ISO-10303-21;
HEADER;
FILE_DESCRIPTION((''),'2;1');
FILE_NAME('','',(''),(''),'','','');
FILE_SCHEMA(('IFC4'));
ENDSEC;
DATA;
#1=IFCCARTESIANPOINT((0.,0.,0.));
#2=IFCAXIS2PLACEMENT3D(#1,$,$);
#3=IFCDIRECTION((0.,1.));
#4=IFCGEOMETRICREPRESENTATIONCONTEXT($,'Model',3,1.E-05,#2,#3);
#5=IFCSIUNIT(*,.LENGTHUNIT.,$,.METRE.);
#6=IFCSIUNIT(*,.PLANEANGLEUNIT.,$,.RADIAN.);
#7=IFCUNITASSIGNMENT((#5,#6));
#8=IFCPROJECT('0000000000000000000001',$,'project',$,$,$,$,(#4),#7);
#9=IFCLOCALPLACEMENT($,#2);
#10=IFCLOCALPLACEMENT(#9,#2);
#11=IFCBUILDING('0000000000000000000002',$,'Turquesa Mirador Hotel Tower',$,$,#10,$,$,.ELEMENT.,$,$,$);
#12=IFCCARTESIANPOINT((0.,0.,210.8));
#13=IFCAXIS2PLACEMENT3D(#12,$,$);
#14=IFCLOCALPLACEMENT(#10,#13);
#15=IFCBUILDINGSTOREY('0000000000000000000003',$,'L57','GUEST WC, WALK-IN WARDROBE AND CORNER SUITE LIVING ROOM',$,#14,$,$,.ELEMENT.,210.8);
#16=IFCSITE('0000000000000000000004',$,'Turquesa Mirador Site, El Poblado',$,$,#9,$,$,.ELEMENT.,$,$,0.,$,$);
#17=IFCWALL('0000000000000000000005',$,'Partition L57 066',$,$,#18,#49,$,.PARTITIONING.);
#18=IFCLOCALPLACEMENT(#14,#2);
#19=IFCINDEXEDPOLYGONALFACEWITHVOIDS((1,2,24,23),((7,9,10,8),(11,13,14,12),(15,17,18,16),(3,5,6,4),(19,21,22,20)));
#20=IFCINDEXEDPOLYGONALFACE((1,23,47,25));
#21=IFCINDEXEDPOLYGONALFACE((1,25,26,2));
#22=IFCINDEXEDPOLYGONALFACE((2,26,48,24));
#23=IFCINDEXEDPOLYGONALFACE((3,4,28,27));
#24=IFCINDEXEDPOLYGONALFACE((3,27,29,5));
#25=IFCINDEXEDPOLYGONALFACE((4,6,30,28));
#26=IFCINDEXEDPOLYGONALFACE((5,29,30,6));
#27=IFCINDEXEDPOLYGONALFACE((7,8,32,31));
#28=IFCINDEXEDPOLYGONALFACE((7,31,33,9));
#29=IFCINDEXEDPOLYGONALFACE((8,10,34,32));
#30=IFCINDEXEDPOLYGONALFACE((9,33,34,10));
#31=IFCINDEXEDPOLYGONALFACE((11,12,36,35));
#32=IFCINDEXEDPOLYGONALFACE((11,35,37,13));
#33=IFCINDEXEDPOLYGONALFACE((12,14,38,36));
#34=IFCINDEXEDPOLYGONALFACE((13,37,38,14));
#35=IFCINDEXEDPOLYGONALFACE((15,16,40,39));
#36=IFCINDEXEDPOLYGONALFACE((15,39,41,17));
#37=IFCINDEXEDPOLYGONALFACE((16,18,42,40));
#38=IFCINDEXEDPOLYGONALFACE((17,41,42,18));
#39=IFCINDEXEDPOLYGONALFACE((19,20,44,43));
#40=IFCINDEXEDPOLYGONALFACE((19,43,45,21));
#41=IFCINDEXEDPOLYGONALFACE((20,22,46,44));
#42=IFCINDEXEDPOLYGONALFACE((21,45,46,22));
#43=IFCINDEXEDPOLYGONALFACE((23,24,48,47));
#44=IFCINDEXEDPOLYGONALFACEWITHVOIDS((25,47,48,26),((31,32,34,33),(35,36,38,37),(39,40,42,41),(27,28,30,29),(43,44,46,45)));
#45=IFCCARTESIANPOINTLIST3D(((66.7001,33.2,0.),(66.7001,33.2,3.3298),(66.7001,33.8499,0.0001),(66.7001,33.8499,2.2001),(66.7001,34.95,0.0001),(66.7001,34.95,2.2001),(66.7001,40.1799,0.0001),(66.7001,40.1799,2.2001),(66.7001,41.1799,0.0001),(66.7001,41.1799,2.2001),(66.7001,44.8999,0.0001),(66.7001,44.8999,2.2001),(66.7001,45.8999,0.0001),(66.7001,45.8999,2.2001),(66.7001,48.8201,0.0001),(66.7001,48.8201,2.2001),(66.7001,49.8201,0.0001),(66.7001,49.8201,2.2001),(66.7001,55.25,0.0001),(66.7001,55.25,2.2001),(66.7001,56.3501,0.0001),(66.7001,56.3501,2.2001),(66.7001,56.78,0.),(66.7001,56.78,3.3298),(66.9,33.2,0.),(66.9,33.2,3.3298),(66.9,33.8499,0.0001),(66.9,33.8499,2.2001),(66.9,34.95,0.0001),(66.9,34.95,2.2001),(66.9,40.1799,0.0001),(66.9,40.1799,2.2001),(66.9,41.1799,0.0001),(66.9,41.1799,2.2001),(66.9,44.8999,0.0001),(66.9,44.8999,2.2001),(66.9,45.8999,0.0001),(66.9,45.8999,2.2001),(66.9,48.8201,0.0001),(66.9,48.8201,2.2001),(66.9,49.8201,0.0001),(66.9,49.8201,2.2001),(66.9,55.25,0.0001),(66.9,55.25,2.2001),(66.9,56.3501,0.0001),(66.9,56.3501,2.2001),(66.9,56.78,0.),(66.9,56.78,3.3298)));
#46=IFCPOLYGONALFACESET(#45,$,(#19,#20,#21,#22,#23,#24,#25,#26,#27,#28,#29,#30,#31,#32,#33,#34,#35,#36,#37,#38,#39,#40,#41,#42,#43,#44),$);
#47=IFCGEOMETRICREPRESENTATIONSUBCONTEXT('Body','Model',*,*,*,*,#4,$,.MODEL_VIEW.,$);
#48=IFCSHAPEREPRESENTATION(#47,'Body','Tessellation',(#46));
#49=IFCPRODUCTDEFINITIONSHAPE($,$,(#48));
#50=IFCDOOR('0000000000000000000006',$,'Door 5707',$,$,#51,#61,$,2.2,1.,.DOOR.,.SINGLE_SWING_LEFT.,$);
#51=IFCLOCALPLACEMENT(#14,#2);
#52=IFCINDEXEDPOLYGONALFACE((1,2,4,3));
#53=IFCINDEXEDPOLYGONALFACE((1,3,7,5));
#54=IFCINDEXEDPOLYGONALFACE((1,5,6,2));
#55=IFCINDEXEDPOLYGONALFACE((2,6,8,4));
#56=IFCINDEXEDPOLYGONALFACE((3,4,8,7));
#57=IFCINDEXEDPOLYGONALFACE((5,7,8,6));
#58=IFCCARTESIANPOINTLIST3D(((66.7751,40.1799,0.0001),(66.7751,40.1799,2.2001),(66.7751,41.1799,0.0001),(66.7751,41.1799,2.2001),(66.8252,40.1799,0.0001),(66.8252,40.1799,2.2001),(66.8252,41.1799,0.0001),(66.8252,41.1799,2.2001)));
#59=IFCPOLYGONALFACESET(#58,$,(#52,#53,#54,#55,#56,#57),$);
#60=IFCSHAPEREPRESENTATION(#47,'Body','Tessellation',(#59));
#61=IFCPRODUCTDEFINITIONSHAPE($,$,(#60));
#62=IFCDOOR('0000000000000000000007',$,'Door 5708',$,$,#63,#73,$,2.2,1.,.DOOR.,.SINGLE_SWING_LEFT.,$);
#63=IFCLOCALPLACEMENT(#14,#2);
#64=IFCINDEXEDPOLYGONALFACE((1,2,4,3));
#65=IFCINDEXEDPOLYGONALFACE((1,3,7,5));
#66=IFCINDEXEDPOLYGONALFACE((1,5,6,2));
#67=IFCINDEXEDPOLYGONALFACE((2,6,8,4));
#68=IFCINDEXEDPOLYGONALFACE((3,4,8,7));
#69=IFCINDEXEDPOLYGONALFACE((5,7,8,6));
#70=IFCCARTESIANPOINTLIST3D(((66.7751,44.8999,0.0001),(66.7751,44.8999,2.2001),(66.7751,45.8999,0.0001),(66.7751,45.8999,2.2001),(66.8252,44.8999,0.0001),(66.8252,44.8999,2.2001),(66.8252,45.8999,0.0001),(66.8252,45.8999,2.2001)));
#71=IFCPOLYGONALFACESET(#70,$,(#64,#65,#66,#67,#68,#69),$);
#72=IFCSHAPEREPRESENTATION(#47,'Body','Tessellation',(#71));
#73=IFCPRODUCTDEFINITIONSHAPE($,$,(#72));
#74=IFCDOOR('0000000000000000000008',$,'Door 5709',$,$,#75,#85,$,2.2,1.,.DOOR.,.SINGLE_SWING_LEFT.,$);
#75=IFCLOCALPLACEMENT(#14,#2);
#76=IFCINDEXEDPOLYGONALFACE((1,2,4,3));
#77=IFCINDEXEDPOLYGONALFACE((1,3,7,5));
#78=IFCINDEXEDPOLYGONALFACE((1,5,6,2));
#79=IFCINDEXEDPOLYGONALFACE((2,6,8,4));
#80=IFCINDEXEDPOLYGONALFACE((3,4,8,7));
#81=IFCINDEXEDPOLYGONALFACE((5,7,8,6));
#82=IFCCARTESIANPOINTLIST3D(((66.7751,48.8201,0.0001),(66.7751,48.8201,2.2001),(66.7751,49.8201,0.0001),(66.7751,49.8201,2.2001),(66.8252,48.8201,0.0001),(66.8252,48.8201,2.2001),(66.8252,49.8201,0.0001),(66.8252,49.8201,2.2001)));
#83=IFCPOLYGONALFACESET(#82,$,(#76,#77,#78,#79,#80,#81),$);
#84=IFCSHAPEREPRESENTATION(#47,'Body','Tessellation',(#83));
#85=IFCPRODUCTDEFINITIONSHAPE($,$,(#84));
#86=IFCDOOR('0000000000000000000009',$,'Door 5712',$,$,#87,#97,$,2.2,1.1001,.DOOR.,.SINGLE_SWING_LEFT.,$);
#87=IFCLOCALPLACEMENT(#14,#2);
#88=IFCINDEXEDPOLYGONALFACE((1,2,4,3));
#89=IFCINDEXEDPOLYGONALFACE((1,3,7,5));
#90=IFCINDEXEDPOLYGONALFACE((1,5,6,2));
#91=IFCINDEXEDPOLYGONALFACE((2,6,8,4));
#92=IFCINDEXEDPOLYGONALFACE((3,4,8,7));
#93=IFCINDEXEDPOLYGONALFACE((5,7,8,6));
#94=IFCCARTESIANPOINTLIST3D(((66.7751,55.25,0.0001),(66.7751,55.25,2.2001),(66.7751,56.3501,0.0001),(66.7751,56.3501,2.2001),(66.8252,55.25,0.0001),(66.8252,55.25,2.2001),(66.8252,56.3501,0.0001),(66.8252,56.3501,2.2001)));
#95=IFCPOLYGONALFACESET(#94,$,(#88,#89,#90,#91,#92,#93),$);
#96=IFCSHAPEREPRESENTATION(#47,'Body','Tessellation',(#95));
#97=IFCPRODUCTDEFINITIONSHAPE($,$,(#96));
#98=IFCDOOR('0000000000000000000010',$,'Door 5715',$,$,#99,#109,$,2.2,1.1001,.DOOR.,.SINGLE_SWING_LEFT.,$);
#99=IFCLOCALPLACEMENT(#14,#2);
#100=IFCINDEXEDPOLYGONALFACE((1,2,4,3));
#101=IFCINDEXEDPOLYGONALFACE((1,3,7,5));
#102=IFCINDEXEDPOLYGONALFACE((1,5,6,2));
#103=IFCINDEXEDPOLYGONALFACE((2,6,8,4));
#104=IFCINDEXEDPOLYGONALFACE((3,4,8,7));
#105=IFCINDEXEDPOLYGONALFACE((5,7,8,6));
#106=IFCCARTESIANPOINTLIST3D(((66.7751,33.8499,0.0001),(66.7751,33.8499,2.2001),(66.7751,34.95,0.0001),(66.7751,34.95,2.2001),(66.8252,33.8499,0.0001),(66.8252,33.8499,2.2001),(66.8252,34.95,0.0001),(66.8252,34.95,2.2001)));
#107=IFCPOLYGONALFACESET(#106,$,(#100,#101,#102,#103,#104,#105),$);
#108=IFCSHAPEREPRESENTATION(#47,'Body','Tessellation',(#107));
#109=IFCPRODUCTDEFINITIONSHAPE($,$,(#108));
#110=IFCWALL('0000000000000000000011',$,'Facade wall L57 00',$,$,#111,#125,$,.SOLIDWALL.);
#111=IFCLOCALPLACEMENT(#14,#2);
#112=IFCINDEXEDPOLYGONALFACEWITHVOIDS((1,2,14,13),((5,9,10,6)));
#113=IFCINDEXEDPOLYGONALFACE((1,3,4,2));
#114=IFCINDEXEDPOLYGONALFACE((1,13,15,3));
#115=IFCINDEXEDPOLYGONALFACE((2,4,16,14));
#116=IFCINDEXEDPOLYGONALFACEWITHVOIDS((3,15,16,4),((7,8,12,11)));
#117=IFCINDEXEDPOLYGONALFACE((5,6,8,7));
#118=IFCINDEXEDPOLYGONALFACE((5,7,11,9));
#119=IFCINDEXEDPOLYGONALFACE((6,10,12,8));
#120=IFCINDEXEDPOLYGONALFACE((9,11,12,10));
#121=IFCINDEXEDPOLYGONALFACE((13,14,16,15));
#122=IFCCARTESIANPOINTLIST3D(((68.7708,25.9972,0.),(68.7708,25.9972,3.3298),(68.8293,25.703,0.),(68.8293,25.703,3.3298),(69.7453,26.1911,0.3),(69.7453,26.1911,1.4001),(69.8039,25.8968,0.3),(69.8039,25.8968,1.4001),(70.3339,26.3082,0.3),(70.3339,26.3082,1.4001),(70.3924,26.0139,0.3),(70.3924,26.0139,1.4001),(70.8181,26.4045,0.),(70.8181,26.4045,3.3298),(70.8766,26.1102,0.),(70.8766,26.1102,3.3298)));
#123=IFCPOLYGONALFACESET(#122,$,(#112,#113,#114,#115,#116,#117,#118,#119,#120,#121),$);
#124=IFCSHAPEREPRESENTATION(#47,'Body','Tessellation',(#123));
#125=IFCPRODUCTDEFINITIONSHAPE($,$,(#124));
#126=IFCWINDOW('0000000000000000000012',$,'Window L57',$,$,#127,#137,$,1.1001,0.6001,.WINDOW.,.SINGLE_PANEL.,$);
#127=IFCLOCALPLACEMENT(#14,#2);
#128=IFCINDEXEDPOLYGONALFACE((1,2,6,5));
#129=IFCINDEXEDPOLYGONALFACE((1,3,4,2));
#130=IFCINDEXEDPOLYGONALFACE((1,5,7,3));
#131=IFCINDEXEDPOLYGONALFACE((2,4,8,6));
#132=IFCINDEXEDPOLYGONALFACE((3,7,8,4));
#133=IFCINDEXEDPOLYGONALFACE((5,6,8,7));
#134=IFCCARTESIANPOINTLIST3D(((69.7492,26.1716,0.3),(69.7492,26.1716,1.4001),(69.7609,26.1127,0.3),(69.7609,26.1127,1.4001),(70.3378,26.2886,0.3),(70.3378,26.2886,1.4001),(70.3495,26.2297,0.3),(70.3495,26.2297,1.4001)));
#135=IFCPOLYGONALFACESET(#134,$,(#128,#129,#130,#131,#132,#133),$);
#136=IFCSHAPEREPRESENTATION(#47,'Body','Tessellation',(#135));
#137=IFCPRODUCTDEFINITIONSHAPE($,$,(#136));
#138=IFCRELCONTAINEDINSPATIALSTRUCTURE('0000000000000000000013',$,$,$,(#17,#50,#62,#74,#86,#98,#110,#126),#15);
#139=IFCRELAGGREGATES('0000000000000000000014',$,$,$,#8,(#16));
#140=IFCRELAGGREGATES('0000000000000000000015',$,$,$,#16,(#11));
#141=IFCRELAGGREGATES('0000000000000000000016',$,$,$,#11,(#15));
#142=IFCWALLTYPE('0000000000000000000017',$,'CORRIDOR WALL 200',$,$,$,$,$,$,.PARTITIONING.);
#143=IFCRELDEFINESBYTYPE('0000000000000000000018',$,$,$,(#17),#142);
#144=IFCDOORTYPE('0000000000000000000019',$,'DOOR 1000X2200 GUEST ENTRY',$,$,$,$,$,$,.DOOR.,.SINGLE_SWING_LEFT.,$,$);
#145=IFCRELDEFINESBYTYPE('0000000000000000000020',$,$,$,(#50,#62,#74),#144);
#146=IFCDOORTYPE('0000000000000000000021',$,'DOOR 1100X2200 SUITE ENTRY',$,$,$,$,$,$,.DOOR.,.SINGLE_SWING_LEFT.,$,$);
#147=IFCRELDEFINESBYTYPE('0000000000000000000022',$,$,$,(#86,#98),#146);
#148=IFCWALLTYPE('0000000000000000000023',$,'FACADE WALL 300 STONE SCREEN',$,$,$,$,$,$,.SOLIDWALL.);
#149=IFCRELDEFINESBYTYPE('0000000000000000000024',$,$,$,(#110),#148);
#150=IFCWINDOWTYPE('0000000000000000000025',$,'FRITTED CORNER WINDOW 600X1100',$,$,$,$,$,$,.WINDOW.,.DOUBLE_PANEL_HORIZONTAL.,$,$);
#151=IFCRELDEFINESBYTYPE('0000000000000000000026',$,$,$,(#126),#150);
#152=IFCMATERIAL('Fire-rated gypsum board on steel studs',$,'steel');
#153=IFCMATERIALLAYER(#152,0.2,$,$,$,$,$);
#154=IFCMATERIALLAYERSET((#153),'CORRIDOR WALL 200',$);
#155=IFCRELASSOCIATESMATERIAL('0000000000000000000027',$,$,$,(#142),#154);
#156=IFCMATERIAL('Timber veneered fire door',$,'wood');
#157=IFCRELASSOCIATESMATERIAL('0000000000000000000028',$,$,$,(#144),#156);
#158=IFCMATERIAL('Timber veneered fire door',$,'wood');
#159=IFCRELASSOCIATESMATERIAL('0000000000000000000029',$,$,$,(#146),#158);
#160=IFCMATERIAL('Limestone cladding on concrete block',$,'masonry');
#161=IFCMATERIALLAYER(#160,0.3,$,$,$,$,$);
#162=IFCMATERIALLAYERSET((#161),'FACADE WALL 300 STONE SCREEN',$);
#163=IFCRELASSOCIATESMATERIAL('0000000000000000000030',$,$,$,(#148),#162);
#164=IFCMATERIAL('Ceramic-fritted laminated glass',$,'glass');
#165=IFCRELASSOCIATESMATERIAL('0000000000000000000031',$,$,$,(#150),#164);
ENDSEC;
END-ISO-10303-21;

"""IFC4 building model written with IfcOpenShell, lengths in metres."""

from ifc_helpers import new_model, si_unit, direction, frame, frame_2d, origin, place, context, subcontext, project, spatial, rectangle, extrude, material, layer, layer_set, type_object, element, fill, save


model = new_model("IFC4")

# Units and contexts
model_context = context("Model", 3, precision=1e-05, world=origin(), true_north=direction((0.0, 1.0)))
body_context = subcontext(model_context, "Body", "Model", "MODEL_VIEW")
ifc_project = project(units=[si_unit("LENGTHUNIT", "METRE"), si_unit("PLANEANGLEUNIT", "RADIAN")], contexts=[model_context])

# Site, building, storey
site_placement = place(None, origin())
site = spatial("IfcSite", under=ifc_project, at=site_placement, Name="Turquesa Mirador Site, El Poblado", CompositionType="ELEMENT", RefElevation=0.0)
building_placement = place(site_placement, origin())
building = spatial("IfcBuilding", under=site, at=building_placement, Name="Turquesa Mirador Hotel Tower", CompositionType="ELEMENT")
storey_placement = place(building_placement, frame((0.0, 0.0, 210.8)))
storey = spatial("IfcBuildingStorey", under=building, at=storey_placement, Name="L57", Description="GUEST WC, WALK-IN WARDROBE AND CORNER SUITE LIVING ROOM", CompositionType="ELEMENT", Elevation=210.8)

# Wall, openings, doors
ifc_material_1 = material(Name="Fire-rated gypsum board on steel studs", Category="steel")
ifc_layer_1 = layer(ifc_material_1, 0.2)
ifc_layer_set_1 = layer_set([ifc_layer_1], Name="CORRIDOR WALL 200")
wall_type_1 = type_object("IfcWallType", Name="CORRIDOR WALL 200", PredefinedType="PARTITIONING", material=ifc_layer_set_1)
wall_1_placement = place(storey_placement, frame((66.8, 33.2, 0.0), z_axis=(0.0, 0.0, 1.0), x_axis=(0.0, 1.0, 0.0)))
wall_1 = element("IfcWall", 1, at=wall_1_placement, inside=storey, type_object=wall_type_1, Name="Partition L57 066", PredefinedType="PARTITIONING", context=body_context, shape_type="SweptSolid", body=[
    extrude(rectangle(XDim=23.5801, YDim=0.2, at=frame_2d((11.79, 0.0))), origin(), (0.0, 0.0, 1.0), 3.3298),
])
opening_1_placement = place(wall_1_placement, frame((6.98, 0.0, 0.0)))
opening_1 = element("IfcOpeningElement", 2, at=opening_1_placement, cuts=wall_1, PredefinedType="OPENING", context=body_context, shape_type="SweptSolid", body=[
    extrude(rectangle(XDim=1.0, YDim=2.2, at=frame_2d((0.5, 1.1001))), frame((0.0, 0.1099, 0.0), z_axis=(0.0, -1.0, 0.0), x_axis=(1.0, 0.0, 0.0)), (0.0, 0.0, 1.0), 0.22),
])
opening_2_placement = place(wall_1_placement, frame((11.7, 0.0, 0.0)))
opening_2 = element("IfcOpeningElement", 3, at=opening_2_placement, cuts=wall_1, PredefinedType="OPENING", context=body_context, shape_type="SweptSolid", body=[
    extrude(rectangle(XDim=1.0, YDim=2.2, at=frame_2d((0.5, 1.1001))), frame((0.0, 0.1099, 0.0), z_axis=(0.0, -1.0, 0.0), x_axis=(1.0, 0.0, 0.0)), (0.0, 0.0, 1.0), 0.22),
])
opening_3_placement = place(wall_1_placement, frame((15.6201, 0.0, 0.0)))
opening_3 = element("IfcOpeningElement", 4, at=opening_3_placement, cuts=wall_1, PredefinedType="OPENING", context=body_context, shape_type="SweptSolid", body=[
    extrude(rectangle(XDim=1.0, YDim=2.2, at=frame_2d((0.5, 1.1001))), frame((0.0, 0.1099, 0.0), z_axis=(0.0, -1.0, 0.0), x_axis=(1.0, 0.0, 0.0)), (0.0, 0.0, 1.0), 0.22),
])
opening_4_placement = place(wall_1_placement, frame((22.05, 0.0, 0.0)))
opening_4 = element("IfcOpeningElement", 5, at=opening_4_placement, cuts=wall_1, PredefinedType="OPENING", context=body_context, shape_type="SweptSolid", body=[
    extrude(rectangle(XDim=1.1001, YDim=2.2, at=frame_2d((0.55, 1.1001))), frame((0.0, 0.1099, 0.0), z_axis=(0.0, -1.0, 0.0), x_axis=(1.0, 0.0, 0.0)), (0.0, 0.0, 1.0), 0.22),
])
opening_5_placement = place(wall_1_placement, frame((0.6499, 0.0, 0.0)))
opening_5 = element("IfcOpeningElement", 6, at=opening_5_placement, cuts=wall_1, PredefinedType="OPENING", context=body_context, shape_type="SweptSolid", body=[
    extrude(rectangle(XDim=1.1001, YDim=2.2, at=frame_2d((0.55, 1.1001))), frame((0.0, 0.1099, 0.0), z_axis=(0.0, -1.0, 0.0), x_axis=(1.0, 0.0, 0.0)), (0.0, 0.0, 1.0), 0.22),
])
ifc_material_2 = material(Name="Timber veneered fire door", Category="wood")
door_type_1 = type_object("IfcDoorType", Name="DOOR 1000X2200 GUEST ENTRY", OperationType="SINGLE_SWING_LEFT", PredefinedType="DOOR", material=ifc_material_2)
door_1_placement = place(opening_1_placement, origin())
door_1 = element("IfcDoor", 7, at=door_1_placement, inside=storey, type_object=door_type_1, Name="Door 5707", OperationType="SINGLE_SWING_LEFT", OverallHeight=2.2, OverallWidth=1.0, PredefinedType="DOOR", context=body_context, shape_type="SweptSolid", body=[
    extrude(rectangle(XDim=1.0, YDim=2.2, at=frame_2d((0.5, 1.1001))), frame((0.0, 0.0249, 0.0), z_axis=(0.0, -1.0, 0.0), x_axis=(1.0, 0.0, 0.0)), (0.0, 0.0, 1.0), 0.05),
])
fill(opening_1, door_1)
door_2_placement = place(opening_2_placement, origin())
door_2 = element("IfcDoor", 8, at=door_2_placement, inside=storey, type_object=door_type_1, Name="Door 5708", OperationType="SINGLE_SWING_LEFT", OverallHeight=2.2, OverallWidth=1.0, PredefinedType="DOOR", context=body_context, shape_type="SweptSolid", body=[
    extrude(rectangle(XDim=1.0, YDim=2.2, at=frame_2d((0.5, 1.1001))), frame((0.0, 0.0249, 0.0), z_axis=(0.0, -1.0, 0.0), x_axis=(1.0, 0.0, 0.0)), (0.0, 0.0, 1.0), 0.05),
])
fill(opening_2, door_2)
door_3_placement = place(opening_3_placement, origin())
door_3 = element("IfcDoor", 9, at=door_3_placement, inside=storey, type_object=door_type_1, Name="Door 5709", OperationType="SINGLE_SWING_LEFT", OverallHeight=2.2, OverallWidth=1.0, PredefinedType="DOOR", context=body_context, shape_type="SweptSolid", body=[
    extrude(rectangle(XDim=1.0, YDim=2.2, at=frame_2d((0.5, 1.1001))), frame((0.0, 0.0249, 0.0), z_axis=(0.0, -1.0, 0.0), x_axis=(1.0, 0.0, 0.0)), (0.0, 0.0, 1.0), 0.05),
])
fill(opening_3, door_3)
ifc_material_3 = material(Name="Timber veneered fire door", Category="wood")
door_type_2 = type_object("IfcDoorType", Name="DOOR 1100X2200 SUITE ENTRY", OperationType="SINGLE_SWING_LEFT", PredefinedType="DOOR", material=ifc_material_3)
door_4_placement = place(opening_4_placement, origin())
door_4 = element("IfcDoor", 10, at=door_4_placement, inside=storey, type_object=door_type_2, Name="Door 5712", OperationType="SINGLE_SWING_LEFT", OverallHeight=2.2, OverallWidth=1.1001, PredefinedType="DOOR", context=body_context, shape_type="SweptSolid", body=[
    extrude(rectangle(XDim=1.1001, YDim=2.2, at=frame_2d((0.55, 1.1001))), frame((0.0, 0.0249, 0.0), z_axis=(0.0, -1.0, 0.0), x_axis=(1.0, 0.0, 0.0)), (0.0, 0.0, 1.0), 0.05),
])
fill(opening_4, door_4)
door_5_placement = place(opening_5_placement, origin())
door_5 = element("IfcDoor", 11, at=door_5_placement, inside=storey, type_object=door_type_2, Name="Door 5715", OperationType="SINGLE_SWING_LEFT", OverallHeight=2.2, OverallWidth=1.1001, PredefinedType="DOOR", context=body_context, shape_type="SweptSolid", body=[
    extrude(rectangle(XDim=1.1001, YDim=2.2, at=frame_2d((0.55, 1.1001))), frame((0.0, 0.0249, 0.0), z_axis=(0.0, -1.0, 0.0), x_axis=(1.0, 0.0, 0.0)), (0.0, 0.0, 1.0), 0.05),
])
fill(opening_5, door_5)

# Wall, opening, window
ifc_material_4 = material(Name="Limestone cladding on concrete block", Category="masonry")
ifc_layer_2 = layer(ifc_material_4, 0.3)
ifc_layer_set_2 = layer_set([ifc_layer_2], Name="FACADE WALL 300 STONE SCREEN")
wall_type_2 = type_object("IfcWallType", Name="FACADE WALL 300 STONE SCREEN", PredefinedType="SOLIDWALL", material=ifc_layer_set_2)
wall_2_placement = place(storey_placement, frame((68.8, 25.8501, 0.0), z_axis=(0.0, 0.0, 1.0), x_axis=(0.980787, 0.195081, 0.0)))
wall_2 = element("IfcWall", 12, at=wall_2_placement, inside=storey, type_object=wall_type_2, Name="Facade wall L57 00", PredefinedType="SOLIDWALL", context=body_context, shape_type="SweptSolid", body=[
    extrude(rectangle(XDim=2.0874, YDim=0.3, at=frame_2d((1.0437, 0.0))), origin(), (0.0, 0.0, 1.0), 3.3298),
])
opening_6_placement = place(wall_2_placement, frame((0.9937, 0.0, 0.3)))
opening_6 = element("IfcOpeningElement", 13, at=opening_6_placement, cuts=wall_2, PredefinedType="OPENING", context=body_context, shape_type="SweptSolid", body=[
    extrude(rectangle(XDim=0.6001, YDim=1.1001, at=frame_2d((0.3, 0.55))), frame((0.0, 0.1599, 0.0), z_axis=(0.0, -1.0, 0.0), x_axis=(1.0, 0.0, 0.0)), (0.0, 0.0, 1.0), 0.3201),
])
ifc_material_5 = material(Name="Ceramic-fritted laminated glass", Category="glass")
window_type_1 = type_object("IfcWindowType", Name="FRITTED CORNER WINDOW 600X1100", PartitioningType="DOUBLE_PANEL_HORIZONTAL", PredefinedType="WINDOW", material=ifc_material_5)
window_1_placement = place(opening_6_placement, origin())
window_1 = element("IfcWindow", 14, at=window_1_placement, inside=storey, type_object=window_type_1, Name="Window L57", OverallHeight=1.1001, OverallWidth=0.6001, PartitioningType="SINGLE_PANEL", PredefinedType="WINDOW", context=body_context, shape_type="SweptSolid", body=[
    extrude(rectangle(XDim=0.6001, YDim=1.1001, at=frame_2d((0.3, 0.55))), frame((0.0, 0.1301, 0.0), z_axis=(0.0, -1.0, 0.0), x_axis=(1.0, 0.0, 0.0)), (0.0, 0.0, 1.0), 0.0601),
])
fill(opening_6, window_1)

save(model, "model.ifc")
